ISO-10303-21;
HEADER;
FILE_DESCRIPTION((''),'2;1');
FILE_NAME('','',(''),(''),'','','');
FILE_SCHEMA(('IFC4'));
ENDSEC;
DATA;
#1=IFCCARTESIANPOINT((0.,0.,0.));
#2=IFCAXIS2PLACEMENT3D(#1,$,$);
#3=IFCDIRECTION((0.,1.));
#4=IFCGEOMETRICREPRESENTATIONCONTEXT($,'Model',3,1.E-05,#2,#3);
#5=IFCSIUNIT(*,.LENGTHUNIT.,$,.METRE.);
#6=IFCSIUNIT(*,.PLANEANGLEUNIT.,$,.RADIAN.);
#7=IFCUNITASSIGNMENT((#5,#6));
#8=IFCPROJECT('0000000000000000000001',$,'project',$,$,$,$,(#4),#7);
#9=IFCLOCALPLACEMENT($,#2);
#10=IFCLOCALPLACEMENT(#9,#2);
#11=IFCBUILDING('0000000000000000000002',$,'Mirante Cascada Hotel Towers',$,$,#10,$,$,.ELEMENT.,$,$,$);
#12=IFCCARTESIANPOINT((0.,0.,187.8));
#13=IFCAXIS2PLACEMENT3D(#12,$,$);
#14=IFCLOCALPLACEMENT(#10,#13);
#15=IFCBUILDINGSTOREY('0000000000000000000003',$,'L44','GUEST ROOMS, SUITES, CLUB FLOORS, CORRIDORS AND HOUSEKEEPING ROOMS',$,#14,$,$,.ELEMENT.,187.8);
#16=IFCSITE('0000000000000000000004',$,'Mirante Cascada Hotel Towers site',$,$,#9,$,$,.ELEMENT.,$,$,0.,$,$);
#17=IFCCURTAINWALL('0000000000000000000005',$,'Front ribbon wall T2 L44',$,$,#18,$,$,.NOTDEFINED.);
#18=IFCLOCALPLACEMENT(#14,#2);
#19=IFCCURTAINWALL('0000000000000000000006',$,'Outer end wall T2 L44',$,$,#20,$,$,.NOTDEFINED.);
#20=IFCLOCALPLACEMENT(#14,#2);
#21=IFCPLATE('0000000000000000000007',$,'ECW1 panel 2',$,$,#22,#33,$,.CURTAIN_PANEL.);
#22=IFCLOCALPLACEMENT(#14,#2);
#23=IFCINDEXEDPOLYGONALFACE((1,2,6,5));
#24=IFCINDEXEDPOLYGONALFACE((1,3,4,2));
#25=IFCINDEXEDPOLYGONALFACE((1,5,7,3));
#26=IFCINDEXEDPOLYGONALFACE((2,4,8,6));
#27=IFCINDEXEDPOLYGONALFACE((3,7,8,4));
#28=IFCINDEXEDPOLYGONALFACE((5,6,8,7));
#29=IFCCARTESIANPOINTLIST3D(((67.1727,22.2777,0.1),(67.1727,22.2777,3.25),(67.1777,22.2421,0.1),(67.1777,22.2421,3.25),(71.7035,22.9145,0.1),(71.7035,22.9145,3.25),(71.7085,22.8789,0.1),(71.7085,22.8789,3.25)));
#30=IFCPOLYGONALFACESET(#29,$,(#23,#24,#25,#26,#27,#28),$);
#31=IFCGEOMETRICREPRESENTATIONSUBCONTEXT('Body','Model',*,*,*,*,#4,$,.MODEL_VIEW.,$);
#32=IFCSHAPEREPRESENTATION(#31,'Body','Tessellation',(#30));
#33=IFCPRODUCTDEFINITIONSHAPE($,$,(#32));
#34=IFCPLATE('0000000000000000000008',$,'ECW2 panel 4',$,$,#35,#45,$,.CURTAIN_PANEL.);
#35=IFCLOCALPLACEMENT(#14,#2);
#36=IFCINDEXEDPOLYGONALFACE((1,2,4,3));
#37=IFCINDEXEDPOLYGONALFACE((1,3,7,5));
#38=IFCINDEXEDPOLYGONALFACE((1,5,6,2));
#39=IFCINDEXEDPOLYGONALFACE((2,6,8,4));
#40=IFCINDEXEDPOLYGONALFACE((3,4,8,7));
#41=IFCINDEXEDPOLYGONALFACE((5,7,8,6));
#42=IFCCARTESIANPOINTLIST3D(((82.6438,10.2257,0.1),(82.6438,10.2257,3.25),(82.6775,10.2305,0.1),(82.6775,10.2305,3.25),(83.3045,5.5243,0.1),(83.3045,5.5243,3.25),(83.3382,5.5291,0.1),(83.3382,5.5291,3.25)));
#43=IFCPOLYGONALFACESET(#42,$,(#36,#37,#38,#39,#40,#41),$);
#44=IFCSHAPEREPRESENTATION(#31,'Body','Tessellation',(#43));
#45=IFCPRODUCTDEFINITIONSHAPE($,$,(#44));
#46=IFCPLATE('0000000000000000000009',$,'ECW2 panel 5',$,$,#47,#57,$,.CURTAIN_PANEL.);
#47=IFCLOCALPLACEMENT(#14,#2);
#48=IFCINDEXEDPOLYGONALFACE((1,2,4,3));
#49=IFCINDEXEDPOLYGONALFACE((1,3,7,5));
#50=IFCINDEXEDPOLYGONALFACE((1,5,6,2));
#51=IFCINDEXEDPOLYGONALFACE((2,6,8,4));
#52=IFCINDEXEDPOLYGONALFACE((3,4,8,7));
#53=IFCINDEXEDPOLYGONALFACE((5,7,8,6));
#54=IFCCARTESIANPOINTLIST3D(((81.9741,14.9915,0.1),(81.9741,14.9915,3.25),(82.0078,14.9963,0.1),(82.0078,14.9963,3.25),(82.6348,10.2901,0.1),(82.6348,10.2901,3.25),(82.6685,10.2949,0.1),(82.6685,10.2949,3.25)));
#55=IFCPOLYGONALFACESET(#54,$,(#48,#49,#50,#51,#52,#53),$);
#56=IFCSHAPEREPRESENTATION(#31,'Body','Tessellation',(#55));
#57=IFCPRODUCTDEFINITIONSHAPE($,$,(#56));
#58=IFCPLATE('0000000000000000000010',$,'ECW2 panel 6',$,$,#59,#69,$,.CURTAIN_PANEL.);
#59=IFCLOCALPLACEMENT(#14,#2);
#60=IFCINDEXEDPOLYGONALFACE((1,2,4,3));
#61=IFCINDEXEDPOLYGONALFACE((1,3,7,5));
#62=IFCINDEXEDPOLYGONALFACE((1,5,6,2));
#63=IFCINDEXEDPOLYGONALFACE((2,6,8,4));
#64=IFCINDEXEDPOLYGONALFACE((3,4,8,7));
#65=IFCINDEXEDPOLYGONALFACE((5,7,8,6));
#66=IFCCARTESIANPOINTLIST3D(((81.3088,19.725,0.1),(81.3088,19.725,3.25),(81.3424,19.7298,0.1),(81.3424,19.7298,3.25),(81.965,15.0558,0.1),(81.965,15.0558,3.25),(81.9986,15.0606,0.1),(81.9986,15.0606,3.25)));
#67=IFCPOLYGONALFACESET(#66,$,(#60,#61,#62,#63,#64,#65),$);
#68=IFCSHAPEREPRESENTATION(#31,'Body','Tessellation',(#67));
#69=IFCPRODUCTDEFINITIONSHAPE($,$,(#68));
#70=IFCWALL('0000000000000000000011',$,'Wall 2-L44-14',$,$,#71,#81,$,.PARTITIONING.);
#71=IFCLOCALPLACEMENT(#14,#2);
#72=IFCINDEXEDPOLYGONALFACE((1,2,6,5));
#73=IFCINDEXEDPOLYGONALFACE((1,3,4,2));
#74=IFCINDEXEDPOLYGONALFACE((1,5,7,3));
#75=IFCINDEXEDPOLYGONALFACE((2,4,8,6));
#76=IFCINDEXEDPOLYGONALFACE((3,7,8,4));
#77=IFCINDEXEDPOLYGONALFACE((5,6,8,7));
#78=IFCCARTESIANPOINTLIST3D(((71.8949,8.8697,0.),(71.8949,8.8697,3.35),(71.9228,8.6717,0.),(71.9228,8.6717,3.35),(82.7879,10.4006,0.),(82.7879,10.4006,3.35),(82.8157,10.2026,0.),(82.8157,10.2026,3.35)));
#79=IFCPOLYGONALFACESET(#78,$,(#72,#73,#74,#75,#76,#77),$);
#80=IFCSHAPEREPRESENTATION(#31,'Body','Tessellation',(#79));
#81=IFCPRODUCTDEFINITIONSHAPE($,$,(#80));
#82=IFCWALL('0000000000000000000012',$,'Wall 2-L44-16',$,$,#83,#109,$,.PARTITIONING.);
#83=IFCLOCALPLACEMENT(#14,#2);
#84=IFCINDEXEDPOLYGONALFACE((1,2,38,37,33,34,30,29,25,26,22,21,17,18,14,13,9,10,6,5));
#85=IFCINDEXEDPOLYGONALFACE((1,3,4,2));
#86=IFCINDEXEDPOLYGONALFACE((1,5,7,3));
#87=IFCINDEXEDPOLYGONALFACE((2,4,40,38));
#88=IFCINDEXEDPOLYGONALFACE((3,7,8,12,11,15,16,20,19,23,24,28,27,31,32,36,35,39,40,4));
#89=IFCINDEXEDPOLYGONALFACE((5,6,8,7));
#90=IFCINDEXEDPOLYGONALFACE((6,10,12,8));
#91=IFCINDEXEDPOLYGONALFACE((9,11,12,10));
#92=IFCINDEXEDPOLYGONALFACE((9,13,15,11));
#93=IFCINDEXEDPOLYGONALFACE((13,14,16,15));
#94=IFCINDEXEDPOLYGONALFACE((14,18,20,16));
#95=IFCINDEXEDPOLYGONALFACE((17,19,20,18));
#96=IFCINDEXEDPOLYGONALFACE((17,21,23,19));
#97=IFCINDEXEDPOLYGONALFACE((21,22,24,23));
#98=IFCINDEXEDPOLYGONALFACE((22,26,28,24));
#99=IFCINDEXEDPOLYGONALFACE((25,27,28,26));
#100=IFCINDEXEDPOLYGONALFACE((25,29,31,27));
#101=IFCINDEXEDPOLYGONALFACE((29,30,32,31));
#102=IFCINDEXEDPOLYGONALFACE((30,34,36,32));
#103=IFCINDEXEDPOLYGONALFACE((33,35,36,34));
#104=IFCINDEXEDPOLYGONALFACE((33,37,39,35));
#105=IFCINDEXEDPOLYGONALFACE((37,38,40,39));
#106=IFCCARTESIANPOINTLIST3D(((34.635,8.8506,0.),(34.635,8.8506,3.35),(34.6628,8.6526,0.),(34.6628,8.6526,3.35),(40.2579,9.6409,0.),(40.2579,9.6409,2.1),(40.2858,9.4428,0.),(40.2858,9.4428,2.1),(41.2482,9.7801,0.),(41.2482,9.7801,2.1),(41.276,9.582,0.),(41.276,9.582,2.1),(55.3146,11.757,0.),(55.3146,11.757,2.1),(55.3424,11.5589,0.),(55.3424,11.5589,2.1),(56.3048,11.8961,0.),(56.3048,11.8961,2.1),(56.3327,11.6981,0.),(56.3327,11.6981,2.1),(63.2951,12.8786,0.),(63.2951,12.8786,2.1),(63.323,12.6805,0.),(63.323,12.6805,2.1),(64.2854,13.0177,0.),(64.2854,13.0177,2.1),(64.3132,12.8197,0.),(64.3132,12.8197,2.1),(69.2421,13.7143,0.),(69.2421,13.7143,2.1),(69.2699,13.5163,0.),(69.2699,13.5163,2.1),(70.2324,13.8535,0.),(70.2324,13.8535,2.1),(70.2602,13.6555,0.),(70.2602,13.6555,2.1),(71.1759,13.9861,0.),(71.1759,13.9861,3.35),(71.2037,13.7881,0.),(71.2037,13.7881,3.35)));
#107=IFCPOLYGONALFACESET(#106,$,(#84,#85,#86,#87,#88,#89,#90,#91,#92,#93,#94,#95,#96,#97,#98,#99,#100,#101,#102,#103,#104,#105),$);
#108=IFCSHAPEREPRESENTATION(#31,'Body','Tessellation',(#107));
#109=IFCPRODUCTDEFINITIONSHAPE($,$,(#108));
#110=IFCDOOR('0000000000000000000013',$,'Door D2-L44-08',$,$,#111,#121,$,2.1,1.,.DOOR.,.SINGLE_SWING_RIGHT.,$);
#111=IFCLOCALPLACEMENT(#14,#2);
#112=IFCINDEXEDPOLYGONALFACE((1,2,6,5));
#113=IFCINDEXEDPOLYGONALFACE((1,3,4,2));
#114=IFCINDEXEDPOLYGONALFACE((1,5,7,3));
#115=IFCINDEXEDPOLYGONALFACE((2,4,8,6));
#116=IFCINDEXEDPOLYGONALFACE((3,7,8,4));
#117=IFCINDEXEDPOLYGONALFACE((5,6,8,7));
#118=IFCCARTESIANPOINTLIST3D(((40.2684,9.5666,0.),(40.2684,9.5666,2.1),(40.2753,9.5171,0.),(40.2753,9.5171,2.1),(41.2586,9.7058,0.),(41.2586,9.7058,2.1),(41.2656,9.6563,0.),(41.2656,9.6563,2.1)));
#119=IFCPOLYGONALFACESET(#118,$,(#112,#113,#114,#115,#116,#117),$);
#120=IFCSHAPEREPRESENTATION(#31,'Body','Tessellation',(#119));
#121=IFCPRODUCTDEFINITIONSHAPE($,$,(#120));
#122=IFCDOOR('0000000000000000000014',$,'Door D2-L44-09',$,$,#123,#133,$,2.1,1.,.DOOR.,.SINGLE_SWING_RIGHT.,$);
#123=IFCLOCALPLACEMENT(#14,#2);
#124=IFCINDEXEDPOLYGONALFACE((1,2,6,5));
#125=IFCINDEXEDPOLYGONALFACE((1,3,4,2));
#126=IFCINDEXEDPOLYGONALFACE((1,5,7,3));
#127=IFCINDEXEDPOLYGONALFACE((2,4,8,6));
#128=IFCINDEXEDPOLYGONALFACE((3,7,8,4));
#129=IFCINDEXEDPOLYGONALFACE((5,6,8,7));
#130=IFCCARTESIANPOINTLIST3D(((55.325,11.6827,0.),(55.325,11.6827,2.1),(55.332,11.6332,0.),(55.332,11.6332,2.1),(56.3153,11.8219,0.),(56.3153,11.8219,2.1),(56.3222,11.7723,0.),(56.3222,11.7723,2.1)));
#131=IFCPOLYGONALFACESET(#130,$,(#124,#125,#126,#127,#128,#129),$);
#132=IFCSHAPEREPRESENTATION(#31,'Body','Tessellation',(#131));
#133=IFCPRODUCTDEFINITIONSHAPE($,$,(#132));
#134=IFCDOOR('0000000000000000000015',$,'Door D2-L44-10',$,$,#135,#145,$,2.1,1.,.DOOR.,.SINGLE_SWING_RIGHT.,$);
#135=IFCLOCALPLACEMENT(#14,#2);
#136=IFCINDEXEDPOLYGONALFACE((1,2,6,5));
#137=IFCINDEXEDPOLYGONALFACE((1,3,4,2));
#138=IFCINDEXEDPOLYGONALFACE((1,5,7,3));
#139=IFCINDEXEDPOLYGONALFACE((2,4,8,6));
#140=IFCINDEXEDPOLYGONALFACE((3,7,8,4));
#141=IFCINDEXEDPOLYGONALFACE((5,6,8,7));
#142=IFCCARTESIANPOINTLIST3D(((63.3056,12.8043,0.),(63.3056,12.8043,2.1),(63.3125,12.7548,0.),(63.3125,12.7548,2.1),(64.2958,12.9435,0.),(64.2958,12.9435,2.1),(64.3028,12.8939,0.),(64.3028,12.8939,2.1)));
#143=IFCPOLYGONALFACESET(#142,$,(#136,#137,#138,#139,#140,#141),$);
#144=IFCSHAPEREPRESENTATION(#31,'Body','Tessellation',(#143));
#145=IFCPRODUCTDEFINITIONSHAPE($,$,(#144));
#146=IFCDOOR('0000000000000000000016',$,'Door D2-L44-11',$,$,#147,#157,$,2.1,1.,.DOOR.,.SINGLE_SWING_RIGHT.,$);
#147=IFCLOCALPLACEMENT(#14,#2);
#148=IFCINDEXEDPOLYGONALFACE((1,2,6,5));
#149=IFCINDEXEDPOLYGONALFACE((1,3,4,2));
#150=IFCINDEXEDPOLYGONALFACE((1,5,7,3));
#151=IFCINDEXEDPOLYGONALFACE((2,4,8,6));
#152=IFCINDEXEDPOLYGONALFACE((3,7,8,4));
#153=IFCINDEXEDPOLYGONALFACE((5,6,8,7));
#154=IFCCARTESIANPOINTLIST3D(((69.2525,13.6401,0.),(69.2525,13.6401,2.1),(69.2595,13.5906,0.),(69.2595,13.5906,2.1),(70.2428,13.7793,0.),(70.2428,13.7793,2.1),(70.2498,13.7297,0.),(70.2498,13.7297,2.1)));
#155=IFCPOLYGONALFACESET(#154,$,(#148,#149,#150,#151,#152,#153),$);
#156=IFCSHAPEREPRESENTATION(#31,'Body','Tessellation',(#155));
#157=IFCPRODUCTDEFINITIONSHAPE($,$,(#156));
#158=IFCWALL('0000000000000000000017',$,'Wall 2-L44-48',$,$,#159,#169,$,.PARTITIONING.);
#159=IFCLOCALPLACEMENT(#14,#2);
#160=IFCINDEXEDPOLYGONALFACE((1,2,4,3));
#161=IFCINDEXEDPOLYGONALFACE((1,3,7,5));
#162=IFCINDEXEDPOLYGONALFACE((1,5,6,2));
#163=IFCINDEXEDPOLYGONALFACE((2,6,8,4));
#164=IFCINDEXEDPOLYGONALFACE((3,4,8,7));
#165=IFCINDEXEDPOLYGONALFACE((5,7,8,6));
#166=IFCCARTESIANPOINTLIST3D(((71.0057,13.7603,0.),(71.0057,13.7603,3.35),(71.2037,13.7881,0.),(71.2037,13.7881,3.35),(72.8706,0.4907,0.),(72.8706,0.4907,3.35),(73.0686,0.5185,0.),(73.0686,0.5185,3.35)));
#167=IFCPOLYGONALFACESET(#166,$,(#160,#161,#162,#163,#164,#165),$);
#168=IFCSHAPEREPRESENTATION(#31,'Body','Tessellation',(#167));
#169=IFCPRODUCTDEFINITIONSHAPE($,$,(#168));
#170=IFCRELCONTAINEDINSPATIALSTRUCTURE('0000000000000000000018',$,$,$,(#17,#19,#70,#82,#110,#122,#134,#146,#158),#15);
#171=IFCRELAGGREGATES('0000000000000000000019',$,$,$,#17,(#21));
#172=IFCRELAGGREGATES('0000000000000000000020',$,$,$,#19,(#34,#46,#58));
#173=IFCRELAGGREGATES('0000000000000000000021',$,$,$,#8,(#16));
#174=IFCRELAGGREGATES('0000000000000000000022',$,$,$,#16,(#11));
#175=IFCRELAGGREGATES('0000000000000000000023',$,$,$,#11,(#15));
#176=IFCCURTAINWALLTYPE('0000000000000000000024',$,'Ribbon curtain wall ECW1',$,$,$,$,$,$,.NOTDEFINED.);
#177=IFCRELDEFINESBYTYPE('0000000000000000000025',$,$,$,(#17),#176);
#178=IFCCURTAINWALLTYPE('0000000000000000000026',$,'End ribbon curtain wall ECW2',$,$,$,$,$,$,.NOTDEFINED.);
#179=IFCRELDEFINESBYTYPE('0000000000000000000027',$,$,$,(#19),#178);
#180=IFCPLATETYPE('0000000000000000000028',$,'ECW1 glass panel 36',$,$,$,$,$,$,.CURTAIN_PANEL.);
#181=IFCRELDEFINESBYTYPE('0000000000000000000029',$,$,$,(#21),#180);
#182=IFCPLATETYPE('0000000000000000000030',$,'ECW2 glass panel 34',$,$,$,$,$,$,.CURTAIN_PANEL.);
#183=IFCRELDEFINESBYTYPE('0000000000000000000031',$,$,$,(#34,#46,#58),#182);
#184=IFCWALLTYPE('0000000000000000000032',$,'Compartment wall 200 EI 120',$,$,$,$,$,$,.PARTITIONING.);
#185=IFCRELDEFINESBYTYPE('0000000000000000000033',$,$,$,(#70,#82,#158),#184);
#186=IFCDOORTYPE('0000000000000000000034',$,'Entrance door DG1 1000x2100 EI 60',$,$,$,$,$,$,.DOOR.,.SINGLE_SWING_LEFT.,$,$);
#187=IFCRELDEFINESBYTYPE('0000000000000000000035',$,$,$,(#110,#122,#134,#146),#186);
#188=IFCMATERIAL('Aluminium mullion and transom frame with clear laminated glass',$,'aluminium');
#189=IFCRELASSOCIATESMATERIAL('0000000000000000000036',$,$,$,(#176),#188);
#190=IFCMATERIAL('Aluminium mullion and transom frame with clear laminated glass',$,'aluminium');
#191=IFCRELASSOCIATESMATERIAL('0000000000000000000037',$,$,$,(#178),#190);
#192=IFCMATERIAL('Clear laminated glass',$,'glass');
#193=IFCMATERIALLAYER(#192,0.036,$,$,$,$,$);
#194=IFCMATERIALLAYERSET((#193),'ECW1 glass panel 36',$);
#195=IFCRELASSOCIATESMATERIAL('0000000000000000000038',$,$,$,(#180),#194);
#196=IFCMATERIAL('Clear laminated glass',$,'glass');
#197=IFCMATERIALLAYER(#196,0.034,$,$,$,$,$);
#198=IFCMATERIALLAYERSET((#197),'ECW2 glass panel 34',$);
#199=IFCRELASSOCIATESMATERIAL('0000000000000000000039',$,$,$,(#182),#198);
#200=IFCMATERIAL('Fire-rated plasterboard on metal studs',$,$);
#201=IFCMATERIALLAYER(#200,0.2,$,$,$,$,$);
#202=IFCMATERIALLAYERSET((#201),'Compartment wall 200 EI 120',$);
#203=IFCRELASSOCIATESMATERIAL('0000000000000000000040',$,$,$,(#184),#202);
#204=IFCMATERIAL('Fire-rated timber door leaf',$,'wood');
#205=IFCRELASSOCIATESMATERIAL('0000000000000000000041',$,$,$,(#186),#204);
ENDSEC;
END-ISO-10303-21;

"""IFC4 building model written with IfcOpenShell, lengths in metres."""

from ifc_helpers import new_model, si_unit, direction, frame, frame_2d, origin, origin_2d, place, context, subcontext, project, spatial, rectangle, extrude, material, layer, layer_set, type_object, element, fill, aggregate, save


model = new_model("IFC4")

# Units and contexts
model_context = context("Model", 3, precision=1e-05, world=origin(), true_north=direction((0.0, 1.0)))
body_context = subcontext(model_context, "Body", "Model", "MODEL_VIEW")
ifc_project = project(units=[si_unit("LENGTHUNIT", "METRE"), si_unit("PLANEANGLEUNIT", "RADIAN")], contexts=[model_context])

# Site, building, storey
site_placement = place(None, origin())
site = spatial("IfcSite", under=ifc_project, at=site_placement, Name="Mirante Cascada Hotel Towers site", CompositionType="ELEMENT", RefElevation=0.0)
building_placement = place(site_placement, origin())
building = spatial("IfcBuilding", under=site, at=building_placement, Name="Mirante Cascada Hotel Towers", CompositionType="ELEMENT")
storey_placement = place(building_placement, frame((0.0, 0.0, 187.8)))
storey = spatial("IfcBuildingStorey", under=building, at=storey_placement, Name="L44", Description="GUEST ROOMS, SUITES, CLUB FLOORS, CORRIDORS AND HOUSEKEEPING ROOMS", CompositionType="ELEMENT", Elevation=187.8)

# Curtain walls
ifc_material_1 = material(Name="Aluminium mullion and transom frame with clear laminated glass", Category="aluminium")
curtain_wall_type_1 = type_object("IfcCurtainWallType", Name="Ribbon curtain wall ECW1", PredefinedType="NOTDEFINED", material=ifc_material_1)
curtain_wall_1_placement = place(storey_placement, origin())
curtain_wall_1 = element("IfcCurtainWall", 1, at=curtain_wall_1_placement, inside=storey, type_object=curtain_wall_type_1, Name="Front ribbon wall T2 L44", PredefinedType="NOTDEFINED")
ifc_material_2 = material(Name="Aluminium mullion and transom frame with clear laminated glass", Category="aluminium")
curtain_wall_type_2 = type_object("IfcCurtainWallType", Name="End ribbon curtain wall ECW2", PredefinedType="NOTDEFINED", material=ifc_material_2)
curtain_wall_2_placement = place(storey_placement, origin())
curtain_wall_2 = element("IfcCurtainWall", 2, at=curtain_wall_2_placement, inside=storey, type_object=curtain_wall_type_2, Name="Outer end wall T2 L44", PredefinedType="NOTDEFINED")

# Plates
ifc_material_3 = material(Name="Clear laminated glass", Category="glass")
ifc_layer_1 = layer(ifc_material_3, 0.036)
ifc_layer_set_1 = layer_set([ifc_layer_1], Name="ECW1 glass panel 36")
plate_type_1 = type_object("IfcPlateType", Name="ECW1 glass panel 36", PredefinedType="CURTAIN_PANEL", material=ifc_layer_set_1)
plate_1_placement = place(storey_placement, frame((69.4406, 22.5783, 0.1), z_axis=(0.0, 0.0, 1.0), x_axis=(-0.990268, -0.139173, 0.0)))
plate_1 = element("IfcPlate", 3, at=plate_1_placement, type_object=plate_type_1, Name="ECW1 panel 2", PredefinedType="CURTAIN_PANEL", context=body_context, shape_type="SweptSolid", body=[
    extrude(rectangle(XDim=4.5753, YDim=0.036, at=origin_2d()), origin(), (0.0, 0.0, 1.0), 3.15),
])
aggregate(curtain_wall_1, [plate_1])
ifc_material_4 = material(Name="Clear laminated glass", Category="glass")
ifc_layer_2 = layer(ifc_material_4, 0.034)
ifc_layer_set_2 = layer_set([ifc_layer_2], Name="ECW2 glass panel 34")
plate_type_2 = type_object("IfcPlateType", Name="ECW2 glass panel 34", PredefinedType="CURTAIN_PANEL", material=ifc_layer_set_2)
plate_2_placement = place(storey_placement, frame((82.991, 7.8774, 0.1), z_axis=(0.0, 0.0, 1.0), x_axis=(-0.139173, 0.990268, 0.0)))
plate_2 = element("IfcPlate", 4, at=plate_2_placement, type_object=plate_type_2, Name="ECW2 panel 4", PredefinedType="CURTAIN_PANEL", context=body_context, shape_type="SweptSolid", body=[
    extrude(rectangle(XDim=4.7476, YDim=0.034, at=origin_2d()), origin(), (0.0, 0.0, 1.0), 3.15),
])
plate_3_placement = place(storey_placement, frame((82.3213, 12.6432, 0.1), z_axis=(0.0, 0.0, 1.0), x_axis=(-0.139173, 0.990268, 0.0)))
plate_3 = element("IfcPlate", 5, at=plate_3_placement, type_object=plate_type_2, Name="ECW2 panel 5", PredefinedType="CURTAIN_PANEL", context=body_context, shape_type="SweptSolid", body=[
    extrude(rectangle(XDim=4.7476, YDim=0.034, at=origin_2d()), origin(), (0.0, 0.0, 1.0), 3.15),
])
plate_4_placement = place(storey_placement, frame((81.6537, 17.3928, 0.1), z_axis=(0.0, 0.0, 1.0), x_axis=(-0.139173, 0.990268, 0.0)))
plate_4 = element("IfcPlate", 6, at=plate_4_placement, type_object=plate_type_2, Name="ECW2 panel 6", PredefinedType="CURTAIN_PANEL", context=body_context, shape_type="SweptSolid", body=[
    extrude(rectangle(XDim=4.7151, YDim=0.034, at=origin_2d()), origin(), (0.0, 0.0, 1.0), 3.15),
])
aggregate(curtain_wall_2, [plate_2, plate_3, plate_4])

# Wall
ifc_material_5 = material(Name="Fire-rated plasterboard on metal studs")
ifc_layer_3 = layer(ifc_material_5, 0.2)
ifc_layer_set_3 = layer_set([ifc_layer_3], Name="Compartment wall 200 EI 120")
wall_type_1 = type_object("IfcWallType", Name="Compartment wall 200 EI 120", PredefinedType="PARTITIONING", material=ifc_layer_set_3)
wall_1_placement = place(storey_placement, frame((82.8018, 10.3016, 0.0), z_axis=(0.0, 0.0, 1.0), x_axis=(-0.990268, -0.139173, 0.0)))
element("IfcWall", 7, at=wall_1_placement, inside=storey, type_object=wall_type_1, Name="Wall 2-L44-14", PredefinedType="PARTITIONING", context=body_context, shape_type="SweptSolid", body=[
    extrude(rectangle(XDim=11.0, YDim=0.2, at=frame_2d((5.5, 0.0))), origin(), (0.0, 0.0, 1.0), 3.35),
])

# Wall, openings, doors
wall_2_placement = place(storey_placement, frame((71.1898, 13.8871, 0.0), z_axis=(0.0, 0.0, 1.0), x_axis=(-0.990268, -0.139173, 0.0)))
wall_2 = element("IfcWall", 8, at=wall_2_placement, inside=storey, type_object=wall_type_1, Name="Wall 2-L44-16", PredefinedType="PARTITIONING", context=body_context, shape_type="SweptSolid", body=[
    extrude(rectangle(XDim=36.9, YDim=0.2, at=frame_2d((18.45, 0.0))), origin(), (0.0, 0.0, 1.0), 3.35),
])
opening_1_placement = place(wall_2_placement, frame((30.2218, 0.0, 0.0)))
opening_1 = element("IfcOpeningElement", 9, at=opening_1_placement, cuts=wall_2, PredefinedType="OPENING", context=body_context, shape_type="SweptSolid", body=[
    extrude(rectangle(XDim=1.0, YDim=2.1, at=frame_2d((0.5, 1.05))), frame((0.0, 0.1, 0.0), z_axis=(0.0, -1.0, 0.0), x_axis=(1.0, 0.0, 0.0)), (0.0, 0.0, 1.0), 0.2),
])
opening_2_placement = place(wall_2_placement, frame((15.0172, 0.0, 0.0)))
opening_2 = element("IfcOpeningElement", 10, at=opening_2_placement, cuts=wall_2, PredefinedType="OPENING", context=body_context, shape_type="SweptSolid", body=[
    extrude(rectangle(XDim=1.0, YDim=2.1, at=frame_2d((0.5, 1.05))), frame((0.0, 0.1, 0.0), z_axis=(0.0, -1.0, 0.0), x_axis=(1.0, 0.0, 0.0)), (0.0, 0.0, 1.0), 0.2),
])
opening_3_placement = place(wall_2_placement, frame((6.9582, 0.0, 0.0)))
opening_3 = element("IfcOpeningElement", 11, at=opening_3_placement, cuts=wall_2, PredefinedType="OPENING", context=body_context, shape_type="SweptSolid", body=[
    extrude(rectangle(XDim=1.0, YDim=2.1, at=frame_2d((0.5, 1.05))), frame((0.0, 0.1, 0.0), z_axis=(0.0, -1.0, 0.0), x_axis=(1.0, 0.0, 0.0)), (0.0, 0.0, 1.0), 0.2),
])
opening_4_placement = place(wall_2_placement, frame((0.9528, 0.0, 0.0)))
opening_4 = element("IfcOpeningElement", 12, at=opening_4_placement, cuts=wall_2, PredefinedType="OPENING", context=body_context, shape_type="SweptSolid", body=[
    extrude(rectangle(XDim=1.0, YDim=2.1, at=frame_2d((0.5, 1.05))), frame((0.0, 0.1, 0.0), z_axis=(0.0, -1.0, 0.0), x_axis=(1.0, 0.0, 0.0)), (0.0, 0.0, 1.0), 0.2),
])
ifc_material_6 = material(Name="Fire-rated timber door leaf", Category="wood")
door_type_1 = type_object("IfcDoorType", Name="Entrance door DG1 1000x2100 EI 60", OperationType="SINGLE_SWING_LEFT", PredefinedType="DOOR", material=ifc_material_6)
door_1_placement = place(opening_1_placement, frame((1.0, 0.0, 0.0), z_axis=(0.0, 0.0, 1.0), x_axis=(-1.0, 0.0, 0.0)))
door_1 = element("IfcDoor", 13, at=door_1_placement, inside=storey, type_object=door_type_1, Name="Door D2-L44-08", OperationType="SINGLE_SWING_RIGHT", OverallHeight=2.1, OverallWidth=1.0, PredefinedType="DOOR", context=body_context, shape_type="SweptSolid", body=[
    extrude(rectangle(XDim=1.0, YDim=2.1, at=frame_2d((0.5, 1.05))), frame((0.0, 0.025, 0.0), z_axis=(0.0, -1.0, 0.0), x_axis=(1.0, 0.0, 0.0)), (0.0, 0.0, 1.0), 0.05),
])
fill(opening_1, door_1)
door_2_placement = place(opening_2_placement, frame((1.0, 0.0, 0.0), z_axis=(0.0, 0.0, 1.0), x_axis=(-1.0, 0.0, 0.0)))
door_2 = element("IfcDoor", 14, at=door_2_placement, inside=storey, type_object=door_type_1, Name="Door D2-L44-09", OperationType="SINGLE_SWING_RIGHT", OverallHeight=2.1, OverallWidth=1.0, PredefinedType="DOOR", context=body_context, shape_type="SweptSolid", body=[
    extrude(rectangle(XDim=1.0, YDim=2.1, at=frame_2d((0.5, 1.05))), frame((0.0, 0.025, 0.0), z_axis=(0.0, -1.0, 0.0), x_axis=(1.0, 0.0, 0.0)), (0.0, 0.0, 1.0), 0.05),
])
fill(opening_2, door_2)
door_3_placement = place(opening_3_placement, frame((1.0, 0.0, 0.0), z_axis=(0.0, 0.0, 1.0), x_axis=(-1.0, 0.0, 0.0)))
door_3 = element("IfcDoor", 15, at=door_3_placement, inside=storey, type_object=door_type_1, Name="Door D2-L44-10", OperationType="SINGLE_SWING_RIGHT", OverallHeight=2.1, OverallWidth=1.0, PredefinedType="DOOR", context=body_context, shape_type="SweptSolid", body=[
    extrude(rectangle(XDim=1.0, YDim=2.1, at=frame_2d((0.5, 1.05))), frame((0.0, 0.025, 0.0), z_axis=(0.0, -1.0, 0.0), x_axis=(1.0, 0.0, 0.0)), (0.0, 0.0, 1.0), 0.05),
])
fill(opening_3, door_3)
door_4_placement = place(opening_4_placement, frame((1.0, 0.0, 0.0), z_axis=(0.0, 0.0, 1.0), x_axis=(-1.0, 0.0, 0.0)))
door_4 = element("IfcDoor", 16, at=door_4_placement, inside=storey, type_object=door_type_1, Name="Door D2-L44-11", OperationType="SINGLE_SWING_RIGHT", OverallHeight=2.1, OverallWidth=1.0, PredefinedType="DOOR", context=body_context, shape_type="SweptSolid", body=[
    extrude(rectangle(XDim=1.0, YDim=2.1, at=frame_2d((0.5, 1.05))), frame((0.0, 0.025, 0.0), z_axis=(0.0, -1.0, 0.0), x_axis=(1.0, 0.0, 0.0)), (0.0, 0.0, 1.0), 0.05),
])
fill(opening_4, door_4)

# Wall
wall_3_placement = place(storey_placement, frame((71.1047, 13.7742, 0.0), z_axis=(0.0, 0.0, 1.0), x_axis=(0.139172, -0.990268, 0.0)))
element("IfcWall", 17, at=wall_3_placement, inside=storey, type_object=wall_type_1, Name="Wall 2-L44-48", PredefinedType="PARTITIONING", context=body_context, shape_type="SweptSolid", body=[
    extrude(rectangle(XDim=13.4, YDim=0.2, at=frame_2d((6.7, 0.0))), origin(), (0.0, 0.0, 1.0), 3.35),
])

save(model, "model.ifc")
